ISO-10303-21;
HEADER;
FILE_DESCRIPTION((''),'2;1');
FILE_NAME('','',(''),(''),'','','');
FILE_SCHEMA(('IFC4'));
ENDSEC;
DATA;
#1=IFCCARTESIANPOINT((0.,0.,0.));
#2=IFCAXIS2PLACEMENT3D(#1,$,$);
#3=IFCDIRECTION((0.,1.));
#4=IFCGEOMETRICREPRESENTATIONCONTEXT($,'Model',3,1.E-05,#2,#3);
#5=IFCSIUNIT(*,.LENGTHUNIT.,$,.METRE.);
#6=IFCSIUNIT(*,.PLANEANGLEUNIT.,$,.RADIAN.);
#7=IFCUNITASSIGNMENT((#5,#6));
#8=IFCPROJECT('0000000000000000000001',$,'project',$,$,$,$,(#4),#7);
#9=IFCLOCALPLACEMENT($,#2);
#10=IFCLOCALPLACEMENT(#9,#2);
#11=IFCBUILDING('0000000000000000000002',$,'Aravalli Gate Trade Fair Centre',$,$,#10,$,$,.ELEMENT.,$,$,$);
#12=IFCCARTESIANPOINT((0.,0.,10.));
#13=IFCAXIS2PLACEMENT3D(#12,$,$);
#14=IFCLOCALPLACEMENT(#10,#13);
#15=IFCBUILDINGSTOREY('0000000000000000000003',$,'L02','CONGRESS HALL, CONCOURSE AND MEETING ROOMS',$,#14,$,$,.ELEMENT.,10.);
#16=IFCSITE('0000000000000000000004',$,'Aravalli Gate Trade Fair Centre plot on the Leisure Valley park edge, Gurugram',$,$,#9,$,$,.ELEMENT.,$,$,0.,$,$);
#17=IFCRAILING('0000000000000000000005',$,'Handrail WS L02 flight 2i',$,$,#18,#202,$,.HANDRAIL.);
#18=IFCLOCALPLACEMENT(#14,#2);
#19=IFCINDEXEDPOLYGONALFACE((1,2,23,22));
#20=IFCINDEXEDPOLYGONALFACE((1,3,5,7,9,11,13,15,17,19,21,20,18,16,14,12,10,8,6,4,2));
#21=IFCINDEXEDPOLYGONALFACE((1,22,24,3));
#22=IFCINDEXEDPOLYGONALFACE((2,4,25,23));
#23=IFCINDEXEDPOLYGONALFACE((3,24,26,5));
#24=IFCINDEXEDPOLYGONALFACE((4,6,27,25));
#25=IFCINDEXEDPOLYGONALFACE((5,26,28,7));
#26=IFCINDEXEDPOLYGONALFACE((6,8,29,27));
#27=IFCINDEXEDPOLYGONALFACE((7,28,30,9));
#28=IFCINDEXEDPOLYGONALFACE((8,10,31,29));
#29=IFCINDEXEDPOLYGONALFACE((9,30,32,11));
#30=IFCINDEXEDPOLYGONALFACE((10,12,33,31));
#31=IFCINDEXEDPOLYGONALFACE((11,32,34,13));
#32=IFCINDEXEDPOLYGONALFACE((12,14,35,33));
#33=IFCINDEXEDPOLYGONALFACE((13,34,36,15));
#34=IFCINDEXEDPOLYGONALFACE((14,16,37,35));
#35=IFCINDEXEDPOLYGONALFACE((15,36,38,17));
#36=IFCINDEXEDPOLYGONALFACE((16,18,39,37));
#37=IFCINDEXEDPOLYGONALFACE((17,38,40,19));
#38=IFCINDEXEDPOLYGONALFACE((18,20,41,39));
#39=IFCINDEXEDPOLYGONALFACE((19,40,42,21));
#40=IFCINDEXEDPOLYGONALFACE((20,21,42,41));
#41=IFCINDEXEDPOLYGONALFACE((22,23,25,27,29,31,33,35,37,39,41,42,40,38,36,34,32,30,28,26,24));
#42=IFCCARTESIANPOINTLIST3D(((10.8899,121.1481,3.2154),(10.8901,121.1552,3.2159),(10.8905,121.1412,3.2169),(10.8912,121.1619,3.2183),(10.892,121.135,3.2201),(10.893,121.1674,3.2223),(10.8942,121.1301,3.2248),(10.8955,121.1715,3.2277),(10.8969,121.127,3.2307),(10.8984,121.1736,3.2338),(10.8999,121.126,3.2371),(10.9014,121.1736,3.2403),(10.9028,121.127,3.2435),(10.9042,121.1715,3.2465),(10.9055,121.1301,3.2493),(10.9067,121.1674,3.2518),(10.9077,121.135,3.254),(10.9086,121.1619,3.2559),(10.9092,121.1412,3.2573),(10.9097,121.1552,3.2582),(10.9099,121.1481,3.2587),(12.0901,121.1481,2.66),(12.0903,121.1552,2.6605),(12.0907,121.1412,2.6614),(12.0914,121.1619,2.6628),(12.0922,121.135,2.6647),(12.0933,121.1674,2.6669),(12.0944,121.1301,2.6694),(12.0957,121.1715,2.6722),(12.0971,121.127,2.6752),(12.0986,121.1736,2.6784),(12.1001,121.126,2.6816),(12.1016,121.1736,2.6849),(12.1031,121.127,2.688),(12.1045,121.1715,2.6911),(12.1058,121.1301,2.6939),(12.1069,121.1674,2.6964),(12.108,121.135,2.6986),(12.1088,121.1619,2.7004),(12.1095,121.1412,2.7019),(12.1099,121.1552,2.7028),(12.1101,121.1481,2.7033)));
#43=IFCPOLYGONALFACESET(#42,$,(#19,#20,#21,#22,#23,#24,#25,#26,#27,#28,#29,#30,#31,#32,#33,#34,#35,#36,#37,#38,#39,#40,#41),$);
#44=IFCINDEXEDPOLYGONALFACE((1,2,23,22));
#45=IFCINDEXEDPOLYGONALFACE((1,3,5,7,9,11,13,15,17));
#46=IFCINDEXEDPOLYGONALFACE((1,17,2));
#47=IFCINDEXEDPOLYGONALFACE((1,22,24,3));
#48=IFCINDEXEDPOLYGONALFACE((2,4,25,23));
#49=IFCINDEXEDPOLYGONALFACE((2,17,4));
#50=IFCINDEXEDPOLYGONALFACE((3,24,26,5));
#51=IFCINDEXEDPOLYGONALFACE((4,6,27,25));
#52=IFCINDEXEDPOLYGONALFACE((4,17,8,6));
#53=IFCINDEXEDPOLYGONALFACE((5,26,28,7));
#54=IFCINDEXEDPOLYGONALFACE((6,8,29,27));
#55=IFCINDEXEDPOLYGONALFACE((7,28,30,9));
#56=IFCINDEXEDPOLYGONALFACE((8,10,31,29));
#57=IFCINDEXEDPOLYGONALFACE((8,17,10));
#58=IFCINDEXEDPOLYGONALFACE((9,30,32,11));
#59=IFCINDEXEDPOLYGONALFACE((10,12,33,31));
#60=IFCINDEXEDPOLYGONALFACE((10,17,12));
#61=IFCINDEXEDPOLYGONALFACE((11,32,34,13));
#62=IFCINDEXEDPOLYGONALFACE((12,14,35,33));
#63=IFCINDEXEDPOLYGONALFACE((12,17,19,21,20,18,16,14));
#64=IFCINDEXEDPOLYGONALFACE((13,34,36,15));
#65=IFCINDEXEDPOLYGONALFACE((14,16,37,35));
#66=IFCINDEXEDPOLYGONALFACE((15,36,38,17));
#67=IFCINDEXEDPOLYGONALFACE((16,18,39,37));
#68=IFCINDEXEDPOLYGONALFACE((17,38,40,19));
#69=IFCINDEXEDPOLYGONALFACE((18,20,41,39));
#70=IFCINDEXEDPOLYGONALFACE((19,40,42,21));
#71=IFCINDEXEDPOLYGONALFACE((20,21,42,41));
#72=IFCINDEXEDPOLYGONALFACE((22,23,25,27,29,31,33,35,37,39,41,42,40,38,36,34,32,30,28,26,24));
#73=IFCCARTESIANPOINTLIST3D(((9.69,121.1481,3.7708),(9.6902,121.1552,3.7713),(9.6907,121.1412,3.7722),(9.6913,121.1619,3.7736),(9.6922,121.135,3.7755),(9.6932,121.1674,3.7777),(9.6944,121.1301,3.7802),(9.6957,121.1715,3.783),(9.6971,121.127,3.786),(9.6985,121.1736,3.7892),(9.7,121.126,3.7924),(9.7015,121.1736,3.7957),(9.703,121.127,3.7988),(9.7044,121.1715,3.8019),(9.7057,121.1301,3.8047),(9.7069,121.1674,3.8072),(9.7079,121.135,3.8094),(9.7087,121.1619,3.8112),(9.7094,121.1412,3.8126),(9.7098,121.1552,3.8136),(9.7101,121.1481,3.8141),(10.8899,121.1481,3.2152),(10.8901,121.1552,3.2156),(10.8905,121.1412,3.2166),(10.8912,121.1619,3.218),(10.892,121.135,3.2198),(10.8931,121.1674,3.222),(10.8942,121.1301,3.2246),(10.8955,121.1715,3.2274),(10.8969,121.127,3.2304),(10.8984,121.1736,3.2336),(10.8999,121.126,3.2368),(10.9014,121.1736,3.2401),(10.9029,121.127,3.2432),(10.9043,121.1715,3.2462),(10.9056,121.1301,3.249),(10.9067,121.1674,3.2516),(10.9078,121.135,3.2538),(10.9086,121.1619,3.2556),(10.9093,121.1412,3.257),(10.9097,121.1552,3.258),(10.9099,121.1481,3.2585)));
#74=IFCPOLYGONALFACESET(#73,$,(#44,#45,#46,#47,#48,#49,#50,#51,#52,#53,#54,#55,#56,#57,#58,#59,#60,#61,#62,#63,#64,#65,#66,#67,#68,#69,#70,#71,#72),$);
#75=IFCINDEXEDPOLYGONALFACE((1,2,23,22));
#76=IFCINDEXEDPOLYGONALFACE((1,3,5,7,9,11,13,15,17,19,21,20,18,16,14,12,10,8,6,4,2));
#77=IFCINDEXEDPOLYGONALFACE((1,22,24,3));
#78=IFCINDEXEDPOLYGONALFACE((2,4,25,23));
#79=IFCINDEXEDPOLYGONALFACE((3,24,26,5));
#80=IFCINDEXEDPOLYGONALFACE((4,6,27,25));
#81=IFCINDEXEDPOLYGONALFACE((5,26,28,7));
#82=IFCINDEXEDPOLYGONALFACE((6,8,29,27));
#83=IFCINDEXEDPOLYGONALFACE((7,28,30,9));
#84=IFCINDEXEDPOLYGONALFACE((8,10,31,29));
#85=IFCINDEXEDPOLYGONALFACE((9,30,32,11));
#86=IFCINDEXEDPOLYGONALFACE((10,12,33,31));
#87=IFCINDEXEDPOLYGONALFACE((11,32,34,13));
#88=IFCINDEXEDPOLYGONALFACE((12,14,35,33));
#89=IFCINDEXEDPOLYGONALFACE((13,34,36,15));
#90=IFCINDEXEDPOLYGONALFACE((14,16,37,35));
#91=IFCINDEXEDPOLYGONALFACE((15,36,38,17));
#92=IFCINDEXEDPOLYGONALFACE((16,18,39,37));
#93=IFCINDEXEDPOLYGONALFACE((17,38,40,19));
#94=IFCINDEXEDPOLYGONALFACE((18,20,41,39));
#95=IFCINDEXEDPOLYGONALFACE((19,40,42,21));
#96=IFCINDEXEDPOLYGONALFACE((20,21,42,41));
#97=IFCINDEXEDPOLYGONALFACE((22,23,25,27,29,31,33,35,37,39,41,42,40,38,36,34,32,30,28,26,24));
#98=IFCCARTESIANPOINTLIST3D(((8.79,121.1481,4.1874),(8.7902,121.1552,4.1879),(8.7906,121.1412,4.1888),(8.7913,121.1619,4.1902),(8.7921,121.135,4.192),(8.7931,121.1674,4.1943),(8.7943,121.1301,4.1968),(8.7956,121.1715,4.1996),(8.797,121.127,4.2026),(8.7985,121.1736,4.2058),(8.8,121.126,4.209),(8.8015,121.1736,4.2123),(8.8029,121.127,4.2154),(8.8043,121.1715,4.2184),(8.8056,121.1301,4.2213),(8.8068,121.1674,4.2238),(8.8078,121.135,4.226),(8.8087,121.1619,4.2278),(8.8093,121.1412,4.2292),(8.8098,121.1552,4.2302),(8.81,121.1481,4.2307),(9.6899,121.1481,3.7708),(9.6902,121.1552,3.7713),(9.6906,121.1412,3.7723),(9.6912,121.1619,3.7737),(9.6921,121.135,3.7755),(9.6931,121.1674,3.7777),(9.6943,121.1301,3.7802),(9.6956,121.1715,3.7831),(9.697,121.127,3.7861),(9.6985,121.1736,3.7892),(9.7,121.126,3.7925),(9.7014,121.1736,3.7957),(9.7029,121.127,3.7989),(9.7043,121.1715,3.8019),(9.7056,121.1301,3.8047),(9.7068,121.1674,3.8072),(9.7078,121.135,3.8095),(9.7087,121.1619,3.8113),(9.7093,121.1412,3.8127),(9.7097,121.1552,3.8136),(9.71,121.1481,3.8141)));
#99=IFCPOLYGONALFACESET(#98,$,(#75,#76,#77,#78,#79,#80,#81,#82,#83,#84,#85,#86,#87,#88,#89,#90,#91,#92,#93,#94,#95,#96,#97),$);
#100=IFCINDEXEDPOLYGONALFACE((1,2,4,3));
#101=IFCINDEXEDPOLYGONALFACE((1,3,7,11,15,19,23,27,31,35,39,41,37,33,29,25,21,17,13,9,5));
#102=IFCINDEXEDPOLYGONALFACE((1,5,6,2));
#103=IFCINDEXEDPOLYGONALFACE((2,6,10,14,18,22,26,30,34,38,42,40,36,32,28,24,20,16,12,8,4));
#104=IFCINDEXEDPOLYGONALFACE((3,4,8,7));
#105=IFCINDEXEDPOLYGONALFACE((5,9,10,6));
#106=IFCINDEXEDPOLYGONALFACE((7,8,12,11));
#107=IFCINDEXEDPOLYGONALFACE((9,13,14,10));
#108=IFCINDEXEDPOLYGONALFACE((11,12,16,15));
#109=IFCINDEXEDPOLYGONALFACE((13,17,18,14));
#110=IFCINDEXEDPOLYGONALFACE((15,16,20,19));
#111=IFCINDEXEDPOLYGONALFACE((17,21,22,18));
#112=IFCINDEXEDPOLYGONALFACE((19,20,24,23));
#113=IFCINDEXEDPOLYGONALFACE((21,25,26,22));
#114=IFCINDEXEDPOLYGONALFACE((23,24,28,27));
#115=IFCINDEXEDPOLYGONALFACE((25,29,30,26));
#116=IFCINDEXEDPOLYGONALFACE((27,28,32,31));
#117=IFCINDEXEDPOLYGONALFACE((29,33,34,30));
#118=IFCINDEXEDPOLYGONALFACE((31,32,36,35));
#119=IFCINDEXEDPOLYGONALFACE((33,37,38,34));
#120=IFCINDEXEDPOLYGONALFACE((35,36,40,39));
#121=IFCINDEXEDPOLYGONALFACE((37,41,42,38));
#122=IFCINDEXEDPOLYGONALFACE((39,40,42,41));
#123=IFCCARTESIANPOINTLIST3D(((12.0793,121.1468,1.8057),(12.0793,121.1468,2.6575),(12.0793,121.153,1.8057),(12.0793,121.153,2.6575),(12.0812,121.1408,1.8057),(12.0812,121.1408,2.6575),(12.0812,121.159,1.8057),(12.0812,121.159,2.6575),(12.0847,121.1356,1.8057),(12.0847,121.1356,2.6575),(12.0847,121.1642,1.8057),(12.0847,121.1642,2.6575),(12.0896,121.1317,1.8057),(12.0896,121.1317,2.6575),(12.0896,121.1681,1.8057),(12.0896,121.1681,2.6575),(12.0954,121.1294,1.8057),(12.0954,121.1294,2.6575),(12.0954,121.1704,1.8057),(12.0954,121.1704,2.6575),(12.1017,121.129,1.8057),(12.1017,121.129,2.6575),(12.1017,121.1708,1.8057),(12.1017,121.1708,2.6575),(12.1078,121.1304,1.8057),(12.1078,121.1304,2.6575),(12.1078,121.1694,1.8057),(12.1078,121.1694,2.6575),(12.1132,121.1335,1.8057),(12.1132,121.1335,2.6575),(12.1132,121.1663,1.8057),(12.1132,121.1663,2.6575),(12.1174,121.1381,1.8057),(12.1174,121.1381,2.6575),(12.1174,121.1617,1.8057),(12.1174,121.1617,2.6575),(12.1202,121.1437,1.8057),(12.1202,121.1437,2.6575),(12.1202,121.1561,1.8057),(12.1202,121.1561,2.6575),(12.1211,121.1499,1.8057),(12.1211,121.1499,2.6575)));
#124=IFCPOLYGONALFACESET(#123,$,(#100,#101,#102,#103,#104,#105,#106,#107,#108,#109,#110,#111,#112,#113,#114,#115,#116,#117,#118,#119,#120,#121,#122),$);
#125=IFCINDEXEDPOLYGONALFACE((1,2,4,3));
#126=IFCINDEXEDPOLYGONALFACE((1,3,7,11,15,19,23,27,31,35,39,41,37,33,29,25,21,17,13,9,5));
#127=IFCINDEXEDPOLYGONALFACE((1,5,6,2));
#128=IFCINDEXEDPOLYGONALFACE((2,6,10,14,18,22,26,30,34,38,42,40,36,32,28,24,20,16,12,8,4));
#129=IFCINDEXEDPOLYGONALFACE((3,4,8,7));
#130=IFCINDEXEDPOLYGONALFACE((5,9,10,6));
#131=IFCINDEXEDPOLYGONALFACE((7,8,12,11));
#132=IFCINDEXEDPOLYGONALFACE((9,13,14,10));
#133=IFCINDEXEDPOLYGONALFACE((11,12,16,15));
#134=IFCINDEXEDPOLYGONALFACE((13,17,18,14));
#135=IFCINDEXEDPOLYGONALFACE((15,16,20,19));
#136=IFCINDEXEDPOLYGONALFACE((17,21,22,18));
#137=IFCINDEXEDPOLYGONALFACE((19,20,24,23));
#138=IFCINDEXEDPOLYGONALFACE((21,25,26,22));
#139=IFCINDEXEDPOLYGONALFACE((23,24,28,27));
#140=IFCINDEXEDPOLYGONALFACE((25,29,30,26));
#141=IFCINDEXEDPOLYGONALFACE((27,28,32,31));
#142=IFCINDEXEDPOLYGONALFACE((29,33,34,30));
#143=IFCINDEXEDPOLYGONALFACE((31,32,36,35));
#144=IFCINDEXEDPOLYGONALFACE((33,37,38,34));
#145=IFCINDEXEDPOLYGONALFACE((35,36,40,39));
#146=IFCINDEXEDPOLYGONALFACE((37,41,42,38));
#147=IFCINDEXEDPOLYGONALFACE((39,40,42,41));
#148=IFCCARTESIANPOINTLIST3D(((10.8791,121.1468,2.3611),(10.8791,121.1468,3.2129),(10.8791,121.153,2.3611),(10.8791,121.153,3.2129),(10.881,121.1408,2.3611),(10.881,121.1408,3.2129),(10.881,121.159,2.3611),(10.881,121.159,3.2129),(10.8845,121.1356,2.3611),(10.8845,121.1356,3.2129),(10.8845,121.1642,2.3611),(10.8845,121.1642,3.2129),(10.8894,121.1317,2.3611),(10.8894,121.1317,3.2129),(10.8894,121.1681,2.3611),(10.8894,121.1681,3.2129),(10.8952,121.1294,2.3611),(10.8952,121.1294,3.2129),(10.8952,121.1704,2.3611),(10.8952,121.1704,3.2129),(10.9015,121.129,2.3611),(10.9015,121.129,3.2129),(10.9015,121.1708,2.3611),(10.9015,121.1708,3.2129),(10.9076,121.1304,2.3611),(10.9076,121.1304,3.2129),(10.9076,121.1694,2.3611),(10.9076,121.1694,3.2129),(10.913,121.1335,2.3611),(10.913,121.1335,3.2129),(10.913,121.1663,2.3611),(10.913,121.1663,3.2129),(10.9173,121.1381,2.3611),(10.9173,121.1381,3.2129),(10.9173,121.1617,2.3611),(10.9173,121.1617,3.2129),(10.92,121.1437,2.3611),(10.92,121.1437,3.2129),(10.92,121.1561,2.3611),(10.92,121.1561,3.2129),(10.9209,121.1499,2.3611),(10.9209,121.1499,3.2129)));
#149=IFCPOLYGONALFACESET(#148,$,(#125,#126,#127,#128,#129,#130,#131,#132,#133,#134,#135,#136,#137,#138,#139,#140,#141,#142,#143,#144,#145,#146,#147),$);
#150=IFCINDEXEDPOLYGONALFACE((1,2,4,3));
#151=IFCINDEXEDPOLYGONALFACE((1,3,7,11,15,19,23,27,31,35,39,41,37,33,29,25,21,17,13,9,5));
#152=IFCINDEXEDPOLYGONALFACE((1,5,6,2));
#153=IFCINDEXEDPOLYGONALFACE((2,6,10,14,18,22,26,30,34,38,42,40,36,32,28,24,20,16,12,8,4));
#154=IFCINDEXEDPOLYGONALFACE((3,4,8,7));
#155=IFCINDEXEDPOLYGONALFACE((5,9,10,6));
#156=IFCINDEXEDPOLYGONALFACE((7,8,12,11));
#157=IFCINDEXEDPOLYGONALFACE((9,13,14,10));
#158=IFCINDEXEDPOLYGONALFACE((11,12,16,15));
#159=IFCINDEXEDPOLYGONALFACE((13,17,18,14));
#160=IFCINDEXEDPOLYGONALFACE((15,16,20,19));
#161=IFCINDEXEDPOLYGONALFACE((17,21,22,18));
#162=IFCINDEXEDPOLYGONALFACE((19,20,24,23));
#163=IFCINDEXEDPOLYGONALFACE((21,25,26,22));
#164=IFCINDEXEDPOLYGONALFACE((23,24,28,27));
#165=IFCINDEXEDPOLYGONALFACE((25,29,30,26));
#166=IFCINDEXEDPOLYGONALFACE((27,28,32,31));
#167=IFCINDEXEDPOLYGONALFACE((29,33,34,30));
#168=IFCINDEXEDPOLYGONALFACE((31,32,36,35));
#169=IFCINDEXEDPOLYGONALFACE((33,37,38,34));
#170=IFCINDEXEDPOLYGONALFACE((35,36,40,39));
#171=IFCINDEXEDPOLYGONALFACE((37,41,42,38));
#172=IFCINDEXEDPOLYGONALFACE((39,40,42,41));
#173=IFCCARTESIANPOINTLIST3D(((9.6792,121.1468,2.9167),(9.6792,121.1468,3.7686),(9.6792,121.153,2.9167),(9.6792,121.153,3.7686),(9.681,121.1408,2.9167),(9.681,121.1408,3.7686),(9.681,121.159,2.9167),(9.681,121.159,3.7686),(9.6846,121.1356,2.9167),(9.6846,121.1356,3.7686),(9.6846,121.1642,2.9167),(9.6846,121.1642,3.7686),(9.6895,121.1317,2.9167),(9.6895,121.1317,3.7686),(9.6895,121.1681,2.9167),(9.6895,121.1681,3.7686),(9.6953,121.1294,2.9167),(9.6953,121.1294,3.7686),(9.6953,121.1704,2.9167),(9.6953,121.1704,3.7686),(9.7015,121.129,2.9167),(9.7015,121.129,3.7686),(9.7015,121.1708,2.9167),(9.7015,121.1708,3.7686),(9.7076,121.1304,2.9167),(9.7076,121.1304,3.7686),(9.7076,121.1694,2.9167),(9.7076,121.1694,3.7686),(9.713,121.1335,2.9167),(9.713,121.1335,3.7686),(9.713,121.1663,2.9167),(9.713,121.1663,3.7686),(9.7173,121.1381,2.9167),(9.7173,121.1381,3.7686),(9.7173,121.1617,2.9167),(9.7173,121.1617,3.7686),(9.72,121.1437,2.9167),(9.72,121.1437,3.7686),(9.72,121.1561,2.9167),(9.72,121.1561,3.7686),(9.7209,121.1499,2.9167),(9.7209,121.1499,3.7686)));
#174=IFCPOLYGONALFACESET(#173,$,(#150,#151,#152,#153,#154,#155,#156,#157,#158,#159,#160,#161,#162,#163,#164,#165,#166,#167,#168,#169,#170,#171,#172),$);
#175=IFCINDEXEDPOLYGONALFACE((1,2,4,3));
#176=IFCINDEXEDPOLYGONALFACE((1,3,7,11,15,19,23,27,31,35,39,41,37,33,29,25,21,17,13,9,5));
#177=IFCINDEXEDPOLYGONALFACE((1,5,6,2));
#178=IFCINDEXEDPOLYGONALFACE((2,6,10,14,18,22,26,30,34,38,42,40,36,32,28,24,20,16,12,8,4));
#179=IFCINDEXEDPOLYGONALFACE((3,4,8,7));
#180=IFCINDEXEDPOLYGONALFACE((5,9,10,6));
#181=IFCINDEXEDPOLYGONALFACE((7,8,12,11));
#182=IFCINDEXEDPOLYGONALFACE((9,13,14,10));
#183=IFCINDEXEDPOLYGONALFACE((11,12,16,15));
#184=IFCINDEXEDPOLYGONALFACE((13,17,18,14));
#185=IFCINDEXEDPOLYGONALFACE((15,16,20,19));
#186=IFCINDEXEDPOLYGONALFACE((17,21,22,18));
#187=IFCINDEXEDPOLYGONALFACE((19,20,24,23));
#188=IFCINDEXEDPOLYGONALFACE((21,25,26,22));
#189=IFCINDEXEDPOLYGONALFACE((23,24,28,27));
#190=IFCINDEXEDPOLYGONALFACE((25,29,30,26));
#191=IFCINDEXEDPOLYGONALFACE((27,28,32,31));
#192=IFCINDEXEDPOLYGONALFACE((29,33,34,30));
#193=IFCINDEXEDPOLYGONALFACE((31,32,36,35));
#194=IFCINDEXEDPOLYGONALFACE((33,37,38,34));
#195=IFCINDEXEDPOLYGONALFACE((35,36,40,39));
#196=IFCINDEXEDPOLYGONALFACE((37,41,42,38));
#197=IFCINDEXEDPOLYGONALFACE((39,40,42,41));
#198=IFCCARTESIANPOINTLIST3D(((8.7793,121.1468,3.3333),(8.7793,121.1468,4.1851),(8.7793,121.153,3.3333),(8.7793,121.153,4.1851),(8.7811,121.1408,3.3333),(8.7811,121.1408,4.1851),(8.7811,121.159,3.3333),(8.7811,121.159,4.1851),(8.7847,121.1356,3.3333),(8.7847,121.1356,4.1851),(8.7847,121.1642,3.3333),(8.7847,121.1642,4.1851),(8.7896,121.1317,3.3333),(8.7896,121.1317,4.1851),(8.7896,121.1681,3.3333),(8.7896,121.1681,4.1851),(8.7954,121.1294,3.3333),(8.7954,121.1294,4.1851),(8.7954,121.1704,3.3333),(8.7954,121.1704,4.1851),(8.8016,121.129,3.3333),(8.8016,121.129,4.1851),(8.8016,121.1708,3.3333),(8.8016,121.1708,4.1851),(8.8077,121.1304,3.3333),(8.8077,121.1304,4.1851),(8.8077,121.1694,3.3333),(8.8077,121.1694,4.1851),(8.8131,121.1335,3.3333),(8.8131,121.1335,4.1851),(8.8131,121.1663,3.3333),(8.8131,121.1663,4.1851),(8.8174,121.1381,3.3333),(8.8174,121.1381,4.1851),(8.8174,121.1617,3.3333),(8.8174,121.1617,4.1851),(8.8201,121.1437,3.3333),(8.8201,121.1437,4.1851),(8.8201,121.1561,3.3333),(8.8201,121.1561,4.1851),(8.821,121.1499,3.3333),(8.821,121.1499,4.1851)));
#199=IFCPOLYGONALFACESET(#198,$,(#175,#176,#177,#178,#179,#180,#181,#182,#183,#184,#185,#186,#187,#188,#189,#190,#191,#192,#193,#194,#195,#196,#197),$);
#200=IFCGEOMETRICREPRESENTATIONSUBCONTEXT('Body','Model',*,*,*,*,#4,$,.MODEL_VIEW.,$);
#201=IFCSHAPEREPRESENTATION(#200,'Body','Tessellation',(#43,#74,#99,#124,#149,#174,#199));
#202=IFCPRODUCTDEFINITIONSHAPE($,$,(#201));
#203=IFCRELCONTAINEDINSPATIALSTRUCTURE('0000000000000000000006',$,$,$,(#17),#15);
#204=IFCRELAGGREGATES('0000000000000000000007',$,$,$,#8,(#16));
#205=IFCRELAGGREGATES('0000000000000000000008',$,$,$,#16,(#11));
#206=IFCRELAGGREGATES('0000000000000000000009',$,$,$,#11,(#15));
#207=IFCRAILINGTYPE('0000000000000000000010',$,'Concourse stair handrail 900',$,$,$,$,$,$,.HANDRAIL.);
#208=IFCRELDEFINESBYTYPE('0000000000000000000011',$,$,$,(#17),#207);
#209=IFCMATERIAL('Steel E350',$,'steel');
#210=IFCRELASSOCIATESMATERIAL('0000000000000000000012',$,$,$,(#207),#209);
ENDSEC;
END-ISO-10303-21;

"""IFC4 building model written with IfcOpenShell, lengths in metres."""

from ifc_helpers import new_model, si_unit, direction, frame, origin, origin_2d, place, context, subcontext, project, spatial, circle, extrude, material, type_object, element, save


model = new_model("IFC4")

# Units and contexts
model_context = context("Model", 3, precision=1e-05, world=origin(), true_north=direction((0.0, 1.0)))
body_context = subcontext(model_context, "Body", "Model", "MODEL_VIEW")
ifc_project = project(units=[si_unit("LENGTHUNIT", "METRE"), si_unit("PLANEANGLEUNIT", "RADIAN")], contexts=[model_context])

# Site, building, storey
site_placement = place(None, origin())
site = spatial("IfcSite", under=ifc_project, at=site_placement, Name="Aravalli Gate Trade Fair Centre plot on the Leisure Valley park edge, Gurugram", CompositionType="ELEMENT", RefElevation=0.0)
building_placement = place(site_placement, origin())
building = spatial("IfcBuilding", under=site, at=building_placement, Name="Aravalli Gate Trade Fair Centre", CompositionType="ELEMENT")
storey_placement = place(building_placement, frame((0.0, 0.0, 10.0)))
storey = spatial("IfcBuildingStorey", under=building, at=storey_placement, Name="L02", Description="CONGRESS HALL, CONCOURSE AND MEETING ROOMS", CompositionType="ELEMENT", Elevation=10.0)

# Shared definitions
ifc_material_1 = material(Name="Steel E350", Category="steel")

# Railing
railing_type_1 = type_object("IfcRailingType", Name="Concourse stair handrail 900", PredefinedType="HANDRAIL", material=ifc_material_1)
for number, where, name in (
    (1, (12.1001, 121.1499, 1.8057), "Handrail WS L02 flight 2i"),
):
    element("IfcRailing", number, at=place(storey_placement, frame(where)), inside=storey, type_object=railing_type_1, Name=name, PredefinedType="HANDRAIL", context=body_context, shape_type="SweptSolid", body=[
        extrude(circle(Radius=0.0239, at=origin_2d()), frame((0.0, 0.0, 0.876), z_axis=(-0.907532, 0.0, 0.419983), x_axis=(0.0, -1.0, 0.0)), (0.0, 0.0, 1.0), 1.3225),
        extrude(circle(Radius=0.0239, at=origin_2d()), frame((-1.2002, 0.0, 1.4312), z_axis=(-0.907429, 0.0, 0.420205), x_axis=(0.0, -1.0, 0.0)), (0.0, 0.0, 1.0), 1.3223),
        extrude(circle(Radius=0.0239, at=origin_2d()), frame((-2.4001, 0.0, 1.9868), z_axis=(-0.907512, 0.0, 0.420026), x_axis=(0.0, -1.0, 0.0)), (0.0, 0.0, 1.0), 0.9917),
        extrude(circle(Radius=0.021, at=origin_2d()), origin(), (0.0, 0.0, 1.0), 0.8518),
        extrude(circle(Radius=0.021, at=origin_2d()), frame((-1.2002, 0.0, 0.5554)), (0.0, 0.0, 1.0), 0.8518),
        extrude(circle(Radius=0.021, at=origin_2d()), frame((-2.4001, 0.0, 1.1111)), (0.0, 0.0, 1.0), 0.8518),
        extrude(circle(Radius=0.021, at=origin_2d()), frame((-3.3, 0.0, 1.5276)), (0.0, 0.0, 1.0), 0.8518),
    ])

save(model, "model.ifc")
